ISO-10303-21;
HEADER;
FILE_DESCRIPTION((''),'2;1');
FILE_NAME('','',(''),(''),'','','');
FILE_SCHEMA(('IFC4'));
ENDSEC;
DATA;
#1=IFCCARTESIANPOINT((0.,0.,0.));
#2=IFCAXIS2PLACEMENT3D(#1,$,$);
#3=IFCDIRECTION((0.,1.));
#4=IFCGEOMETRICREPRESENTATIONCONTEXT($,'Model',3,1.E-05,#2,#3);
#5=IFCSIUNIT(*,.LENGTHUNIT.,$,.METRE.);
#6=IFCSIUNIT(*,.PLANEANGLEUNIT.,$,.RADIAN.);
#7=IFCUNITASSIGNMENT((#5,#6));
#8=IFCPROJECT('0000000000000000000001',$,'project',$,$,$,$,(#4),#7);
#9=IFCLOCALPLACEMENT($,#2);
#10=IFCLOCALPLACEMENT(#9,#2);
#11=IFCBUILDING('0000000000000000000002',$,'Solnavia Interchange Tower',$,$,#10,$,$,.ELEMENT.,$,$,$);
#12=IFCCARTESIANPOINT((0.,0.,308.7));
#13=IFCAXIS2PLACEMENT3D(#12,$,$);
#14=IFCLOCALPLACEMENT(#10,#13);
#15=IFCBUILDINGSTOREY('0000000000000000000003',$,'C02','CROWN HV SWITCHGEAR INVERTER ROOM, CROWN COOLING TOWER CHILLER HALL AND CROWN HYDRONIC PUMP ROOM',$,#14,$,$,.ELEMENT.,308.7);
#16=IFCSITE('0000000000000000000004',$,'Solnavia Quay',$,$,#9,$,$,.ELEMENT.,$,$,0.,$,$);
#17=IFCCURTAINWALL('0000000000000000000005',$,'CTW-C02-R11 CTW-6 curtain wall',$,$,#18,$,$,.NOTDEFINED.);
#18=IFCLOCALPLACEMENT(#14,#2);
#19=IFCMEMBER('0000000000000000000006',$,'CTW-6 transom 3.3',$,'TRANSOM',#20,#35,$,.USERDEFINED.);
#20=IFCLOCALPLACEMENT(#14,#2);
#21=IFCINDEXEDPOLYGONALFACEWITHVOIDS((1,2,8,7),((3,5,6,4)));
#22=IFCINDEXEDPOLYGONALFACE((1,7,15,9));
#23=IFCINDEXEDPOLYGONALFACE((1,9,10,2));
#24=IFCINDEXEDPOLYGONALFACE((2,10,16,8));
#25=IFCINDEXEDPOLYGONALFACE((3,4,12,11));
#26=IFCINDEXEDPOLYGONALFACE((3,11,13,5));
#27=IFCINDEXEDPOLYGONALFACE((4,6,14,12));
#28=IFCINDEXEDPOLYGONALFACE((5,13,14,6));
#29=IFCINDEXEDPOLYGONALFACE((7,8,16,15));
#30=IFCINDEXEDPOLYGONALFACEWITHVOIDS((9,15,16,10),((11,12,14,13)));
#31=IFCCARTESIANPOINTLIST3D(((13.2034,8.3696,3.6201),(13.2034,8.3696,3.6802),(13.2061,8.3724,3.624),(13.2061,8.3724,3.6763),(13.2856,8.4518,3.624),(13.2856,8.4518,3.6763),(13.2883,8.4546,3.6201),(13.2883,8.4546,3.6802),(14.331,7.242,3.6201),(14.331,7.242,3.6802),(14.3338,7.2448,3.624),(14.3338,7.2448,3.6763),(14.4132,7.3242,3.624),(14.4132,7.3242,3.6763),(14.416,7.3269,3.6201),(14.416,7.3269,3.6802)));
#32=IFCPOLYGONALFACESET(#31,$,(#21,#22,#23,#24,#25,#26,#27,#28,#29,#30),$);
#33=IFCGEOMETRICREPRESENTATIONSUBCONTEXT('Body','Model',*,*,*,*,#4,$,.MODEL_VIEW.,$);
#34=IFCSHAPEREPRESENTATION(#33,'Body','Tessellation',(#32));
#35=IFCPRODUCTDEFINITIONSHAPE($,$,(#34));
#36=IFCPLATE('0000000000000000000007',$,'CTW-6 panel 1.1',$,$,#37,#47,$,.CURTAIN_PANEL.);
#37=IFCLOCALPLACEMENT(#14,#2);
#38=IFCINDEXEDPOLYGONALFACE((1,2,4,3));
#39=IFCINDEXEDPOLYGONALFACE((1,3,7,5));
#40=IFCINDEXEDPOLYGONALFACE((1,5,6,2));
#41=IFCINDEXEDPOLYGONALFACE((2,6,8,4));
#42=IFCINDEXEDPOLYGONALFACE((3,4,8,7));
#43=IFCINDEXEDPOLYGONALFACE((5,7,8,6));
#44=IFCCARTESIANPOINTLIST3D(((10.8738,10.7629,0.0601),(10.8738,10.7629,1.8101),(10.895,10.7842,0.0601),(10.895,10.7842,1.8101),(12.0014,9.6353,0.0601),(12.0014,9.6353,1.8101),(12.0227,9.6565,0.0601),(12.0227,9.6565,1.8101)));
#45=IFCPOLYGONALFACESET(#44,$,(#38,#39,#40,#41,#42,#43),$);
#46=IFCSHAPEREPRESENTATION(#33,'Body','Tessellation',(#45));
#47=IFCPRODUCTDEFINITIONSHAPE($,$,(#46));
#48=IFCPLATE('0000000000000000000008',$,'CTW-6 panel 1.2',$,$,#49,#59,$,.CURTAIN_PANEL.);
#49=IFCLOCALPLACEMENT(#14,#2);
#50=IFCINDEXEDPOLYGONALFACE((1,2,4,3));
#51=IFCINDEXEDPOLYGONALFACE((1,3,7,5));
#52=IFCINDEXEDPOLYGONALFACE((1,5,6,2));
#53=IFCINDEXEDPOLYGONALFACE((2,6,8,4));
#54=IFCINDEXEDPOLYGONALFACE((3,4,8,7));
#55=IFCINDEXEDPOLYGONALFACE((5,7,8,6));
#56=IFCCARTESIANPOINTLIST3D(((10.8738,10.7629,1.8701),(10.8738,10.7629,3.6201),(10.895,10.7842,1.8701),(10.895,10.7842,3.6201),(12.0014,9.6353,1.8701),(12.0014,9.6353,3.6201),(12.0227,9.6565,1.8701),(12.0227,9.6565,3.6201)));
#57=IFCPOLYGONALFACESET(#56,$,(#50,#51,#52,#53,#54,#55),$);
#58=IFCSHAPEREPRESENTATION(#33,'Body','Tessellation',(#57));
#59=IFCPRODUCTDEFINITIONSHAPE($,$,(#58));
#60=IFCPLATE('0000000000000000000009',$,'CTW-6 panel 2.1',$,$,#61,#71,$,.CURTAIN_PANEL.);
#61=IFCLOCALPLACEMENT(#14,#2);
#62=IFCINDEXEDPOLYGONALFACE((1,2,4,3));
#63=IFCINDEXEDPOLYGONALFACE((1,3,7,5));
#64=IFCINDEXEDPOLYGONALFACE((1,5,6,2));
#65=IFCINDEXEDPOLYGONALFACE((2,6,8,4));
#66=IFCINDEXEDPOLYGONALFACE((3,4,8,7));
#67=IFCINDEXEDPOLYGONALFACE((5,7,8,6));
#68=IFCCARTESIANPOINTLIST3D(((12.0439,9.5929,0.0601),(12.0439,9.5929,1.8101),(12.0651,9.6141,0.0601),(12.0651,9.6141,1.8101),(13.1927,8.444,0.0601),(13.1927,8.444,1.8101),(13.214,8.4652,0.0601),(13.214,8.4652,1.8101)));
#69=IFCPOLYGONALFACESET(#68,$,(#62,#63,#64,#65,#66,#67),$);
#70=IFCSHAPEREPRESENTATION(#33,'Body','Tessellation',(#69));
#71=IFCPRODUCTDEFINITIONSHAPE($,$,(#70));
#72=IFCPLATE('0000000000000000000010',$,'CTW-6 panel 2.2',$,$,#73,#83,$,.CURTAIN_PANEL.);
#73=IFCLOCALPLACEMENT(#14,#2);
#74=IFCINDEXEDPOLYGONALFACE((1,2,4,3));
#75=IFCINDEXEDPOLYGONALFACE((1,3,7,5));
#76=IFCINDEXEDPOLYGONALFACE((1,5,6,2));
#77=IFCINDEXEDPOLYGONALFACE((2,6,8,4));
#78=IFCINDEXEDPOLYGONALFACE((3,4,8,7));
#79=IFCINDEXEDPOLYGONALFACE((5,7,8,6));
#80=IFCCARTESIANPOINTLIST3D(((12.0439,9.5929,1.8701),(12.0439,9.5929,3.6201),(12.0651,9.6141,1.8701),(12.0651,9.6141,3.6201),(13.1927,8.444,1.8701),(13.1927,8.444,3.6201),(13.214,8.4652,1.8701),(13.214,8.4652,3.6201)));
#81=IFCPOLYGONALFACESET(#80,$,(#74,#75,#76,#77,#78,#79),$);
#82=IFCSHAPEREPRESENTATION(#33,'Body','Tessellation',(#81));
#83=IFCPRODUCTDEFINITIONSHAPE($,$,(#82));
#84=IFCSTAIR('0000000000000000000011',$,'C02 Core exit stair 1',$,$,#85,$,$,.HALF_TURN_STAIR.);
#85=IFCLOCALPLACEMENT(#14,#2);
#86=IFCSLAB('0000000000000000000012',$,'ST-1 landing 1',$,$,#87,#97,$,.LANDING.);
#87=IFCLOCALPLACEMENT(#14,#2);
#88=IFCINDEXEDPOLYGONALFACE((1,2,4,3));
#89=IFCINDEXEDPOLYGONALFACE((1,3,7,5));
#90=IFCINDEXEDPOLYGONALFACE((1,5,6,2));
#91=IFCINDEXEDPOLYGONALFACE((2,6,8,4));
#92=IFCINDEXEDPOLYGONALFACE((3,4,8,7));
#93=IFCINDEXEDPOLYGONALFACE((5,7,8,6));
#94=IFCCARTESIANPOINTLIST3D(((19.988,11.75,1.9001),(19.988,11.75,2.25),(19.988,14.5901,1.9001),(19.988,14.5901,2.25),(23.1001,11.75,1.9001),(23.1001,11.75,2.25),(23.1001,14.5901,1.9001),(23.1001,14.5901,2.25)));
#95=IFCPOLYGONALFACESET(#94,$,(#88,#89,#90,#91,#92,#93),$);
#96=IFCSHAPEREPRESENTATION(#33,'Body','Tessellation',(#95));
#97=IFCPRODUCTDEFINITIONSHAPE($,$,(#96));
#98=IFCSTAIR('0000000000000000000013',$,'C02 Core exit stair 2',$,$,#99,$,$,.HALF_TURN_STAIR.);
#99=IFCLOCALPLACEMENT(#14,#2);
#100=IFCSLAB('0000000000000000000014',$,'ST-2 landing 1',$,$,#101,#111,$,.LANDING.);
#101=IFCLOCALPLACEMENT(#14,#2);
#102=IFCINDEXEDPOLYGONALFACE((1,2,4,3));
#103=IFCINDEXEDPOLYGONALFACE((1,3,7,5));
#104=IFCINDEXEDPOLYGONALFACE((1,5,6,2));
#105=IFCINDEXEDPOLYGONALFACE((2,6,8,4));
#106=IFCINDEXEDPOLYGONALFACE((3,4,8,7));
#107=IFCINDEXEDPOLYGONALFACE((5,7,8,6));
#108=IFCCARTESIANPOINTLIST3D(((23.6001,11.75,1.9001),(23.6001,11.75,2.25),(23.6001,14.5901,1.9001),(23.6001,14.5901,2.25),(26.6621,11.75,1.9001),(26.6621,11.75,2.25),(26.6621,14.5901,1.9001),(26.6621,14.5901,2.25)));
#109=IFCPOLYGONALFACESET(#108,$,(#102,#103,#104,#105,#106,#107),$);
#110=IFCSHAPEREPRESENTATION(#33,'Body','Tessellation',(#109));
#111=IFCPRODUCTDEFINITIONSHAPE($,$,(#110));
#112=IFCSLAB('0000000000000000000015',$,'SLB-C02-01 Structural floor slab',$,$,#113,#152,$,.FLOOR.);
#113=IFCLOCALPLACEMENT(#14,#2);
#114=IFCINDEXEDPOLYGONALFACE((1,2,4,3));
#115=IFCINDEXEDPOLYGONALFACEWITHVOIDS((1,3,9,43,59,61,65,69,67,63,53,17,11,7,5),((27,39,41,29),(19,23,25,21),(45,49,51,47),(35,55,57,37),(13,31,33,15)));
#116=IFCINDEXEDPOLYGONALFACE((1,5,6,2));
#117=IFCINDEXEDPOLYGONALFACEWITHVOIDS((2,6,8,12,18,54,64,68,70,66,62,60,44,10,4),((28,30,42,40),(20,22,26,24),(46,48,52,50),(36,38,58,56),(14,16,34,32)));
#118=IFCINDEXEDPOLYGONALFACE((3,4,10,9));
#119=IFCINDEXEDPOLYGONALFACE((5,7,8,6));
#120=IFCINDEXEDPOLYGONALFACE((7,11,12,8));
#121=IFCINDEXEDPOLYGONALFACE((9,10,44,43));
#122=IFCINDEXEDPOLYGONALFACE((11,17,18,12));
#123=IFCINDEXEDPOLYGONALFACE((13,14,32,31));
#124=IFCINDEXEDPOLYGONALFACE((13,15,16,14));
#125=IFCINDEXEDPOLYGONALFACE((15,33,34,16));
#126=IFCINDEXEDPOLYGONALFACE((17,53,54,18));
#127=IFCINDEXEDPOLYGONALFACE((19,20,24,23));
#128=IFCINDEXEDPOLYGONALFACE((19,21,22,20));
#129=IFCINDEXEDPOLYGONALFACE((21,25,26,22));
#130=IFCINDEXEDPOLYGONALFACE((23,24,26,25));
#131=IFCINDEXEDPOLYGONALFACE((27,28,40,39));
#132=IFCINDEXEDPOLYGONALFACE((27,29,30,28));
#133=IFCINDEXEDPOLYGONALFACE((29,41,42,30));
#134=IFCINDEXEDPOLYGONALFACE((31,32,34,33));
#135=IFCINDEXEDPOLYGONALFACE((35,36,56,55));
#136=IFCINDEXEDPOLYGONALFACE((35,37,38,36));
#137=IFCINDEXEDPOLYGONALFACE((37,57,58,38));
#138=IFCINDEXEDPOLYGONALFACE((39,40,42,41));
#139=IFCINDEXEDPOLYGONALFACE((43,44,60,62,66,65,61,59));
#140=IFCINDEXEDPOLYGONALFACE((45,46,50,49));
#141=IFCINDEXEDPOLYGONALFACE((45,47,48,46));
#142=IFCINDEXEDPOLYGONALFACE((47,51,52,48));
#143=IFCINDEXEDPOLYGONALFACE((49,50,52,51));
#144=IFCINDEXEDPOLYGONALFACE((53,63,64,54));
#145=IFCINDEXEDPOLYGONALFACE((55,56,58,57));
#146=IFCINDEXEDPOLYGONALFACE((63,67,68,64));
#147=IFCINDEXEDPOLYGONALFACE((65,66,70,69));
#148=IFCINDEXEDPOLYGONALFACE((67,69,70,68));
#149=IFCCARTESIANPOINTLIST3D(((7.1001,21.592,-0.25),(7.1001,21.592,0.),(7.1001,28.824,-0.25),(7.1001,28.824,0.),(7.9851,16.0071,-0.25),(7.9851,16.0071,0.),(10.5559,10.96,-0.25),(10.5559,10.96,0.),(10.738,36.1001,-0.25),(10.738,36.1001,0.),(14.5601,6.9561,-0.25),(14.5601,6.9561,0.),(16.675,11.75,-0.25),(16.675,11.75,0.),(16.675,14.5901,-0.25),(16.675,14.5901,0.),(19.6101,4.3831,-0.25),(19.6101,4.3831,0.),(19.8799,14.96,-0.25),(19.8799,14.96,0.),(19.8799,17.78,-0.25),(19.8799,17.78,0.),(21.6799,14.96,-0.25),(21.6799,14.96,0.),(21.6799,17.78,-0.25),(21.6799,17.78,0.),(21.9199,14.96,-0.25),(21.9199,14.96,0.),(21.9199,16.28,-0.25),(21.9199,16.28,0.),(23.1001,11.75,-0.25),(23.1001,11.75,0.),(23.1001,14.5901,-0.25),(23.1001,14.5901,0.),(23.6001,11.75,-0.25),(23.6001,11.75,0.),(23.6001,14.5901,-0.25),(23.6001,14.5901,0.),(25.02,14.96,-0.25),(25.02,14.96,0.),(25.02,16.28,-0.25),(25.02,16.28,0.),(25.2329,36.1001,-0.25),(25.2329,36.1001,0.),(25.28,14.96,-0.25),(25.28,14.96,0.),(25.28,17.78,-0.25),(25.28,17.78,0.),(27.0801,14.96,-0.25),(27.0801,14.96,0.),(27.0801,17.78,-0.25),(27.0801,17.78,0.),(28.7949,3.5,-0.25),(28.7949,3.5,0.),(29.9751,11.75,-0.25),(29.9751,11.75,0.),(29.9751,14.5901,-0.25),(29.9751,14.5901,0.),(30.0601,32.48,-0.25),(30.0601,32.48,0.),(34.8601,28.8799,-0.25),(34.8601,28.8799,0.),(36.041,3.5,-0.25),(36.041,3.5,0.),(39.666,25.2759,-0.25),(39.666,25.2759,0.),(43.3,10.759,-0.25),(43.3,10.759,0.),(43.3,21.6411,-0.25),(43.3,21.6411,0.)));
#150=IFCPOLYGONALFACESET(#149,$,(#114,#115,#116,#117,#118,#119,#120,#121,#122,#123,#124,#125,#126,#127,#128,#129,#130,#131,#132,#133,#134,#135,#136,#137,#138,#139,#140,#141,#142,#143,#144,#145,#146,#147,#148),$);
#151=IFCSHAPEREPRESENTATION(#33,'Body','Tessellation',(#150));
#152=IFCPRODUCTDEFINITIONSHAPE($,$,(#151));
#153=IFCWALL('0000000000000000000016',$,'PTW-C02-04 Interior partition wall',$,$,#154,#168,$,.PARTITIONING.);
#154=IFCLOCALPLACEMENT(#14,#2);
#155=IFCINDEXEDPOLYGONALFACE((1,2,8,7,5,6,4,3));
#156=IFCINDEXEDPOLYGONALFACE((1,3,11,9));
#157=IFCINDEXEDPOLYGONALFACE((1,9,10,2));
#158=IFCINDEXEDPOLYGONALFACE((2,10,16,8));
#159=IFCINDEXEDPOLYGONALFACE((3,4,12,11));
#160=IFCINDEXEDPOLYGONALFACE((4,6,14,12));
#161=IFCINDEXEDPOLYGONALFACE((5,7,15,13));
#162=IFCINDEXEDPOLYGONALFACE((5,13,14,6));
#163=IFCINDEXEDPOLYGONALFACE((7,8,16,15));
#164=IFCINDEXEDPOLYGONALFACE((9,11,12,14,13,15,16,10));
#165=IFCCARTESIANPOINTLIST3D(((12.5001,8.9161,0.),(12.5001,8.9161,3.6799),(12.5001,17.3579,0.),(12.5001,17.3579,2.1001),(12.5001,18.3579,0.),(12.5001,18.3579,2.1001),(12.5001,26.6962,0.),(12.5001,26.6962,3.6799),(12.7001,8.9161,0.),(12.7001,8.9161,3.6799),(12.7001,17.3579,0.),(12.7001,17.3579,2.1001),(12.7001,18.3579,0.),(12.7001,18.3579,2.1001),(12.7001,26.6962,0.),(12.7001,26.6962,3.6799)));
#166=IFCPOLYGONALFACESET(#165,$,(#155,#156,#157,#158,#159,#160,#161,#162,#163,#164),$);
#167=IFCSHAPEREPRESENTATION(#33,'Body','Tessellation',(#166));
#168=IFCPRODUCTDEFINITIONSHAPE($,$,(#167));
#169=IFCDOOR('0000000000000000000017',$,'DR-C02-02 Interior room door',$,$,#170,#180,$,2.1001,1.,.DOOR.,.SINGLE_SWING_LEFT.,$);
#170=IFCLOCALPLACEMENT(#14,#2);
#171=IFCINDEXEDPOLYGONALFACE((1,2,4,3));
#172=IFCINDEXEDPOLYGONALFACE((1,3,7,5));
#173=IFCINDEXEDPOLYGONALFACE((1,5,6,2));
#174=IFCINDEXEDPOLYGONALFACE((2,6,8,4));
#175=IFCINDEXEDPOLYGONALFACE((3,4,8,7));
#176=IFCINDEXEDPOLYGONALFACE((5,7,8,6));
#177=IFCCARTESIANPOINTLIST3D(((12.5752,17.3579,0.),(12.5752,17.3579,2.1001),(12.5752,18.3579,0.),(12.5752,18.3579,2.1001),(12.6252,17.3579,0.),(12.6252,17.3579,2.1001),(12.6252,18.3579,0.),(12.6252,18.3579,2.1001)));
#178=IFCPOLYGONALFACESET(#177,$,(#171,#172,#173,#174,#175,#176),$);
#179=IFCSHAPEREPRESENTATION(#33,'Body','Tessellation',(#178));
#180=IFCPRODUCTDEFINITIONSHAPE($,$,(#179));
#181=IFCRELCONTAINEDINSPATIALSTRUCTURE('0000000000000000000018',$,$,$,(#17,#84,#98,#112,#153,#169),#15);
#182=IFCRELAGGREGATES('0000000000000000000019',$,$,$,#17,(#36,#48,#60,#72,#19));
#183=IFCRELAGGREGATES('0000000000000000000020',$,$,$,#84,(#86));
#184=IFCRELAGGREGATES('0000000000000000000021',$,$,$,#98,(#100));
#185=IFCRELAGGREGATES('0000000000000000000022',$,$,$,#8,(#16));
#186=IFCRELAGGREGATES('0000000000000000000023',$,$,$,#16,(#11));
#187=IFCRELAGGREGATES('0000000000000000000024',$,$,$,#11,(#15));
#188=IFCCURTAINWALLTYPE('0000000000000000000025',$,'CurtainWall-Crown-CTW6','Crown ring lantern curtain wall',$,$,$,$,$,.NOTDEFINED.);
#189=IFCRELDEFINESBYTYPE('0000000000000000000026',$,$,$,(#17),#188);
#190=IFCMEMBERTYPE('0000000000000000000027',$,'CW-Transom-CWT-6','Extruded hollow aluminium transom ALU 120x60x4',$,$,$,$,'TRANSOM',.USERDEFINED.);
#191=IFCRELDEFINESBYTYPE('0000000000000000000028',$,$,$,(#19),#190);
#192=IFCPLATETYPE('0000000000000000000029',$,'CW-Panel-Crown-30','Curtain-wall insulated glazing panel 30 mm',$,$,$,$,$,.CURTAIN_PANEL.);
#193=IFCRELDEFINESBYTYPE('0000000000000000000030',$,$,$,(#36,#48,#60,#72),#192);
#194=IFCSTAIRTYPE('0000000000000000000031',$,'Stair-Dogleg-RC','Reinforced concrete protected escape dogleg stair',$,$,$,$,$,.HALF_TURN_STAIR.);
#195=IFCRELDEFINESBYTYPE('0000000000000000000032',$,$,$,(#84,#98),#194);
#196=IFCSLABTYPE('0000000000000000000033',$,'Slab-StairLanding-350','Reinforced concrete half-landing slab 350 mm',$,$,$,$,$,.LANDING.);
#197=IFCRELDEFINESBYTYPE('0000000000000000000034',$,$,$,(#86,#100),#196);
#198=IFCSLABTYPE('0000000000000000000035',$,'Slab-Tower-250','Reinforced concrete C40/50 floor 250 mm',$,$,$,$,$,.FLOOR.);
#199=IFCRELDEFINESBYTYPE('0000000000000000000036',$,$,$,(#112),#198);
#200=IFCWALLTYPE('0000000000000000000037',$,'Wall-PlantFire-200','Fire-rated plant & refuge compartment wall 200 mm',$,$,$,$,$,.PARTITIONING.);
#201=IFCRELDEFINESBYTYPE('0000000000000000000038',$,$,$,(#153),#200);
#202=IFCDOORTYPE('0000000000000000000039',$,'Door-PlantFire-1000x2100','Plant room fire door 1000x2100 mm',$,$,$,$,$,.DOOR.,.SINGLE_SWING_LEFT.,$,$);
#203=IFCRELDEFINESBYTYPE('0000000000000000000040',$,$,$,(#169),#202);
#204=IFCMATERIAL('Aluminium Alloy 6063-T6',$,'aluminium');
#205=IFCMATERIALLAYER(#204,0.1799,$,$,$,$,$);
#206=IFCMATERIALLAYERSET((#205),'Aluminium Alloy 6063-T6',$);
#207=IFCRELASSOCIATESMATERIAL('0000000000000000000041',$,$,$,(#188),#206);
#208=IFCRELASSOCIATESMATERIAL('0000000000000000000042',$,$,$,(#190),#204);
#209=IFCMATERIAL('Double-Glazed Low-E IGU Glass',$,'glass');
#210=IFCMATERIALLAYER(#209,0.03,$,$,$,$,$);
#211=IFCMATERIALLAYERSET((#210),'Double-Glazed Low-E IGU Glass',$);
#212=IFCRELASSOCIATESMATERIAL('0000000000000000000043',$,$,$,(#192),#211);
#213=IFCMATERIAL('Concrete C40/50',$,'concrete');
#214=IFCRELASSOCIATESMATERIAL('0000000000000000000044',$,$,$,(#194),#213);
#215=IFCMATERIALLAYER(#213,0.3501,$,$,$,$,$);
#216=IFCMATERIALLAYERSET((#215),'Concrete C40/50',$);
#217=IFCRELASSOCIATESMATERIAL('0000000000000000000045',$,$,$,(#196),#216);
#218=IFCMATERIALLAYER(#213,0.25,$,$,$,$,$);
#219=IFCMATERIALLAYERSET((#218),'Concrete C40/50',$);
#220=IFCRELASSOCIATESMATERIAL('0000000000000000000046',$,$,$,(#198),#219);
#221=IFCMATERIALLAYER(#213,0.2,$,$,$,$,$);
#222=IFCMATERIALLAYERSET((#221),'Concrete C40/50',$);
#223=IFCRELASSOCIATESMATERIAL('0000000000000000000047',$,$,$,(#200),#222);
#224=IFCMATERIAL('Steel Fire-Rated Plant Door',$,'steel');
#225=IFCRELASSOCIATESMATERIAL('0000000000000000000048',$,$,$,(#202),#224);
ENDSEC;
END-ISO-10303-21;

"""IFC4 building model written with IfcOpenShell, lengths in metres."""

from ifc_helpers import new_model, si_unit, direction, frame, frame_2d, origin, origin_2d, place, context, subcontext, project, spatial, polyline, rectangle, hollow_rectangle, outline, extrude, material, layer, layer_set, material_profile, profile_set, type_object, element, fill, aggregate, save


model = new_model("IFC4")

# Units and contexts
model_context = context("Model", 3, precision=1e-05, world=origin(), true_north=direction((0.0, 1.0)))
body_context = subcontext(model_context, "Body", "Model", "MODEL_VIEW")
ifc_project = project(units=[si_unit("LENGTHUNIT", "METRE"), si_unit("PLANEANGLEUNIT", "RADIAN")], contexts=[model_context])

# Site, building, storey
site_placement = place(None, origin())
site = spatial("IfcSite", under=ifc_project, at=site_placement, Name="Solnavia Quay", CompositionType="ELEMENT", RefElevation=0.0)
building_placement = place(site_placement, origin())
building = spatial("IfcBuilding", under=site, at=building_placement, Name="Solnavia Interchange Tower", CompositionType="ELEMENT")
storey_placement = place(building_placement, frame((0.0, 0.0, 308.7)))
storey = spatial("IfcBuildingStorey", under=building, at=storey_placement, Name="C02", Description="CROWN HV SWITCHGEAR INVERTER ROOM, CROWN COOLING TOWER CHILLER HALL AND CROWN HYDRONIC PUMP ROOM", CompositionType="ELEMENT", Elevation=308.7)

# Curtain wall, member, plates
ifc_material_1 = material(Name="Aluminium Alloy 6063-T6", Category="aluminium")
ifc_layer_1 = layer(ifc_material_1, 0.1799)
ifc_layer_set_1 = layer_set([ifc_layer_1], Name="Aluminium Alloy 6063-T6")
curtain_wall_type = type_object("IfcCurtainWallType", Name="CurtainWall-Crown-CTW6", Description="Crown ring lantern curtain wall", PredefinedType="NOTDEFINED", material=ifc_layer_set_1)
curtain_wall_placement = place(storey_placement, origin())
curtain_wall = element("IfcCurtainWall", 1, at=curtain_wall_placement, inside=storey, type_object=curtain_wall_type, Name="CTW-C02-R11 CTW-6 curtain wall", PredefinedType="NOTDEFINED")
ifc_material_profile_1 = material_profile(ifc_material_1, hollow_rectangle(XDim=0.0601, YDim=0.1201, WallThickness=0.0039, at=origin_2d()), Name="ALU 120x60x4")
ifc_profile_set_1 = profile_set([ifc_material_profile_1], Name="Aluminium Alloy 6063-T6")
member_type_1 = type_object("IfcMemberType", Name="CW-Transom-CWT-6", Description="Extruded hollow aluminium transom ALU 120x60x4", ElementType="TRANSOM", PredefinedType="USERDEFINED", material=ifc_profile_set_1)
member_1_placement = place(storey_placement, frame((13.2458, 8.4121, 3.6501), z_axis=(0.707107, -0.707107, 0.0), x_axis=(0.0, 0.0, 1.0)))
member_1 = element("IfcMember", 2, at=member_1_placement, type_object=member_type_1, Name="CTW-6 transom 3.3", ObjectType="TRANSOM", PredefinedType="USERDEFINED", context=body_context, shape_type="SweptSolid", body=[
    extrude(hollow_rectangle(XDim=0.0601, YDim=0.1201, WallThickness=0.0039, at=origin_2d()), origin(), (0.0, 0.0, 1.0), 1.5947),
])
ifc_material_2 = material(Name="Double-Glazed Low-E IGU Glass", Category="glass")
ifc_layer_2 = layer(ifc_material_2, 0.03)
ifc_layer_set_2 = layer_set([ifc_layer_2], Name="Double-Glazed Low-E IGU Glass")
plate_type = type_object("IfcPlateType", Name="CW-Panel-Crown-30", Description="Curtain-wall insulated glazing panel 30 mm", PredefinedType="CURTAIN_PANEL", material=ifc_layer_set_2)
plate_1_placement = place(storey_placement, frame((11.4482, 10.2097, 0.0601), z_axis=(0.0, 0.0, 1.0), x_axis=(0.707107, -0.707107, 0.0)))
plate_1 = element("IfcPlate", 3, at=plate_1_placement, type_object=plate_type, Name="CTW-6 panel 1.1", PredefinedType="CURTAIN_PANEL", context=body_context, shape_type="SweptSolid", body=[
    extrude(rectangle(XDim=1.5947, YDim=0.03, at=origin_2d()), origin(), (0.0, 0.0, 1.0), 1.75),
])
plate_2_placement = place(storey_placement, frame((11.4482, 10.2097, 1.8701), z_axis=(0.0, 0.0, 1.0), x_axis=(0.707107, -0.707107, 0.0)))
plate_2 = element("IfcPlate", 4, at=plate_2_placement, type_object=plate_type, Name="CTW-6 panel 1.2", PredefinedType="CURTAIN_PANEL", context=body_context, shape_type="SweptSolid", body=[
    extrude(rectangle(XDim=1.5947, YDim=0.03, at=origin_2d()), origin(), (0.0, 0.0, 1.0), 1.75),
])
plate_3_placement = place(storey_placement, frame((12.6289, 9.0291, 0.0601), z_axis=(0.0, 0.0, 1.0), x_axis=(0.707107, -0.707107, 0.0)))
plate_3 = element("IfcPlate", 5, at=plate_3_placement, type_object=plate_type, Name="CTW-6 panel 2.1", PredefinedType="CURTAIN_PANEL", context=body_context, shape_type="SweptSolid", body=[
    extrude(rectangle(XDim=1.6248, YDim=0.03, at=origin_2d()), origin(), (0.0, 0.0, 1.0), 1.75),
])
plate_4_placement = place(storey_placement, frame((12.6289, 9.0291, 1.8701), z_axis=(0.0, 0.0, 1.0), x_axis=(0.707107, -0.707107, 0.0)))
plate_4 = element("IfcPlate", 6, at=plate_4_placement, type_object=plate_type, Name="CTW-6 panel 2.2", PredefinedType="CURTAIN_PANEL", context=body_context, shape_type="SweptSolid", body=[
    extrude(rectangle(XDim=1.6248, YDim=0.03, at=origin_2d()), origin(), (0.0, 0.0, 1.0), 1.75),
])
aggregate(curtain_wall, [plate_1, plate_2, plate_3, plate_4, member_1])

# Stairs, slabs
ifc_material_3 = material(Name="Concrete C40/50", Category="concrete")
stair_type = type_object("IfcStairType", Name="Stair-Dogleg-RC", Description="Reinforced concrete protected escape dogleg stair", PredefinedType="HALF_TURN_STAIR", material=ifc_material_3)
stair_1_placement = place(storey_placement, origin())
stair_1 = element("IfcStair", 7, at=stair_1_placement, inside=storey, type_object=stair_type, Name="C02 Core exit stair 1", PredefinedType="HALF_TURN_STAIR")
ifc_layer_3 = layer(ifc_material_3, 0.3501)
ifc_layer_set_3 = layer_set([ifc_layer_3], Name="Concrete C40/50")
slab_type_1 = type_object("IfcSlabType", Name="Slab-StairLanding-350", Description="Reinforced concrete half-landing slab 350 mm", PredefinedType="LANDING", material=ifc_layer_set_3)
slab_1_placement = place(storey_placement, frame((0.0, 0.0, 1.9001)))
slab_1 = element("IfcSlab", 8, at=slab_1_placement, type_object=slab_type_1, Name="ST-1 landing 1", PredefinedType="LANDING", context=body_context, shape_type="SweptSolid", body=[
    extrude(outline(polyline([(19.988, 11.75), (23.1001, 11.75), (23.1001, 14.5901), (19.988, 14.5901), (19.988, 11.75)])), origin(), (0.0, 0.0, 1.0), 0.3499),
])
aggregate(stair_1, [slab_1])
stair_2_placement = place(storey_placement, origin())
stair_2 = element("IfcStair", 9, at=stair_2_placement, inside=storey, type_object=stair_type, Name="C02 Core exit stair 2", PredefinedType="HALF_TURN_STAIR")
slab_2_placement = place(storey_placement, frame((0.0, 0.0, 1.9001)))
slab_2 = element("IfcSlab", 10, at=slab_2_placement, type_object=slab_type_1, Name="ST-2 landing 1", PredefinedType="LANDING", context=body_context, shape_type="SweptSolid", body=[
    extrude(outline(polyline([(23.6001, 11.75), (26.6621, 11.75), (26.6621, 14.5901), (23.6001, 14.5901), (23.6001, 11.75)])), origin(), (0.0, 0.0, 1.0), 0.3499),
])
aggregate(stair_2, [slab_2])

# Slab
ifc_layer_4 = layer(ifc_material_3, 0.25)
ifc_layer_set_4 = layer_set([ifc_layer_4], Name="Concrete C40/50")
slab_type_2 = type_object("IfcSlabType", Name="Slab-Tower-250", Description="Reinforced concrete C40/50 floor 250 mm", PredefinedType="FLOOR", material=ifc_layer_set_4)
slab_3_placement = place(storey_placement, frame((0.0, 0.0, -0.25)))
element("IfcSlab", 11, at=slab_3_placement, inside=storey, type_object=slab_type_2, Name="SLB-C02-01 Structural floor slab", PredefinedType="FLOOR", context=body_context, shape_type="SweptSolid", body=[
    extrude(outline(polyline([(43.3, 21.6411), (43.3, 10.759), (36.041, 3.5), (28.7949, 3.5), (19.6101, 4.3831), (14.5601, 6.9561), (10.5559, 10.96), (7.9851, 16.0071), (7.1001, 21.592), (7.1001, 28.824), (10.738, 36.1001), (25.2329, 36.1001), (30.0601, 32.48), (34.8601, 28.8799), (39.666, 25.2759), (43.3, 21.6411)]), holes=[polyline([(16.675, 11.75), (23.1001, 11.75), (23.1001, 14.5901), (16.675, 14.5901), (16.675, 11.75)]), polyline([(23.6001, 11.75), (29.9751, 11.75), (29.9751, 14.5901), (23.6001, 14.5901), (23.6001, 11.75)]), polyline([(19.8799, 14.96), (21.6799, 14.96), (21.6799, 17.78), (19.8799, 17.78), (19.8799, 14.96)]), polyline([(25.28, 14.96), (27.0801, 14.96), (27.0801, 17.78), (25.28, 17.78), (25.28, 14.96)]), polyline([(21.9199, 14.96), (25.02, 14.96), (25.02, 16.28), (21.9199, 16.28), (21.9199, 14.96)])]), origin(), (0.0, 0.0, 1.0), 0.25),
])

# Wall, opening, door
ifc_layer_5 = layer(ifc_material_3, 0.2)
ifc_layer_set_5 = layer_set([ifc_layer_5], Name="Concrete C40/50")
wall_type = type_object("IfcWallType", Name="Wall-PlantFire-200", Description="Fire-rated plant & refuge compartment wall 200 mm", PredefinedType="PARTITIONING", material=ifc_layer_set_5)
wall_1_placement = place(storey_placement, frame((12.6001, 8.916, 0.0), z_axis=(0.0, 0.0, 1.0), x_axis=(0.0, 1.0, 0.0)))
wall_1 = element("IfcWall", 12, at=wall_1_placement, inside=storey, type_object=wall_type, Name="PTW-C02-04 Interior partition wall", PredefinedType="PARTITIONING", context=body_context, shape_type="SweptSolid", body=[
    extrude(rectangle(XDim=17.78, YDim=0.2, at=frame_2d((8.8901, 0.0))), origin(), (0.0, 0.0, 1.0), 3.6799),
])
opening_placement = place(wall_1_placement, frame((8.4419, 0.0, 0.0)))
opening = element("IfcOpeningElement", 13, at=opening_placement, cuts=wall_1, PredefinedType="OPENING", context=body_context, shape_type="SweptSolid", body=[
    extrude(rectangle(XDim=1.0, YDim=2.1001, at=frame_2d((0.5, 1.05))), frame((0.0, 0.1099, 0.0), z_axis=(0.0, -1.0, 0.0), x_axis=(1.0, 0.0, 0.0)), (0.0, 0.0, 1.0), 0.22),
])
ifc_material_4 = material(Name="Steel Fire-Rated Plant Door", Category="steel")
door_type = type_object("IfcDoorType", Name="Door-PlantFire-1000x2100", Description="Plant room fire door 1000x2100 mm", OperationType="SINGLE_SWING_LEFT", PredefinedType="DOOR", material=ifc_material_4)
door_placement = place(opening_placement, origin())
door = element("IfcDoor", 14, at=door_placement, inside=storey, type_object=door_type, Name="DR-C02-02 Interior room door", OperationType="SINGLE_SWING_LEFT", OverallHeight=2.1001, OverallWidth=1.0, PredefinedType="DOOR", context=body_context, shape_type="SweptSolid", body=[
    extrude(rectangle(XDim=1.0, YDim=2.1001, at=frame_2d((0.5, 1.05))), frame((0.0, 0.0249, 0.0), z_axis=(0.0, -1.0, 0.0), x_axis=(1.0, 0.0, 0.0)), (0.0, 0.0, 1.0), 0.05),
])
fill(opening, door)

save(model, "model.ifc")
